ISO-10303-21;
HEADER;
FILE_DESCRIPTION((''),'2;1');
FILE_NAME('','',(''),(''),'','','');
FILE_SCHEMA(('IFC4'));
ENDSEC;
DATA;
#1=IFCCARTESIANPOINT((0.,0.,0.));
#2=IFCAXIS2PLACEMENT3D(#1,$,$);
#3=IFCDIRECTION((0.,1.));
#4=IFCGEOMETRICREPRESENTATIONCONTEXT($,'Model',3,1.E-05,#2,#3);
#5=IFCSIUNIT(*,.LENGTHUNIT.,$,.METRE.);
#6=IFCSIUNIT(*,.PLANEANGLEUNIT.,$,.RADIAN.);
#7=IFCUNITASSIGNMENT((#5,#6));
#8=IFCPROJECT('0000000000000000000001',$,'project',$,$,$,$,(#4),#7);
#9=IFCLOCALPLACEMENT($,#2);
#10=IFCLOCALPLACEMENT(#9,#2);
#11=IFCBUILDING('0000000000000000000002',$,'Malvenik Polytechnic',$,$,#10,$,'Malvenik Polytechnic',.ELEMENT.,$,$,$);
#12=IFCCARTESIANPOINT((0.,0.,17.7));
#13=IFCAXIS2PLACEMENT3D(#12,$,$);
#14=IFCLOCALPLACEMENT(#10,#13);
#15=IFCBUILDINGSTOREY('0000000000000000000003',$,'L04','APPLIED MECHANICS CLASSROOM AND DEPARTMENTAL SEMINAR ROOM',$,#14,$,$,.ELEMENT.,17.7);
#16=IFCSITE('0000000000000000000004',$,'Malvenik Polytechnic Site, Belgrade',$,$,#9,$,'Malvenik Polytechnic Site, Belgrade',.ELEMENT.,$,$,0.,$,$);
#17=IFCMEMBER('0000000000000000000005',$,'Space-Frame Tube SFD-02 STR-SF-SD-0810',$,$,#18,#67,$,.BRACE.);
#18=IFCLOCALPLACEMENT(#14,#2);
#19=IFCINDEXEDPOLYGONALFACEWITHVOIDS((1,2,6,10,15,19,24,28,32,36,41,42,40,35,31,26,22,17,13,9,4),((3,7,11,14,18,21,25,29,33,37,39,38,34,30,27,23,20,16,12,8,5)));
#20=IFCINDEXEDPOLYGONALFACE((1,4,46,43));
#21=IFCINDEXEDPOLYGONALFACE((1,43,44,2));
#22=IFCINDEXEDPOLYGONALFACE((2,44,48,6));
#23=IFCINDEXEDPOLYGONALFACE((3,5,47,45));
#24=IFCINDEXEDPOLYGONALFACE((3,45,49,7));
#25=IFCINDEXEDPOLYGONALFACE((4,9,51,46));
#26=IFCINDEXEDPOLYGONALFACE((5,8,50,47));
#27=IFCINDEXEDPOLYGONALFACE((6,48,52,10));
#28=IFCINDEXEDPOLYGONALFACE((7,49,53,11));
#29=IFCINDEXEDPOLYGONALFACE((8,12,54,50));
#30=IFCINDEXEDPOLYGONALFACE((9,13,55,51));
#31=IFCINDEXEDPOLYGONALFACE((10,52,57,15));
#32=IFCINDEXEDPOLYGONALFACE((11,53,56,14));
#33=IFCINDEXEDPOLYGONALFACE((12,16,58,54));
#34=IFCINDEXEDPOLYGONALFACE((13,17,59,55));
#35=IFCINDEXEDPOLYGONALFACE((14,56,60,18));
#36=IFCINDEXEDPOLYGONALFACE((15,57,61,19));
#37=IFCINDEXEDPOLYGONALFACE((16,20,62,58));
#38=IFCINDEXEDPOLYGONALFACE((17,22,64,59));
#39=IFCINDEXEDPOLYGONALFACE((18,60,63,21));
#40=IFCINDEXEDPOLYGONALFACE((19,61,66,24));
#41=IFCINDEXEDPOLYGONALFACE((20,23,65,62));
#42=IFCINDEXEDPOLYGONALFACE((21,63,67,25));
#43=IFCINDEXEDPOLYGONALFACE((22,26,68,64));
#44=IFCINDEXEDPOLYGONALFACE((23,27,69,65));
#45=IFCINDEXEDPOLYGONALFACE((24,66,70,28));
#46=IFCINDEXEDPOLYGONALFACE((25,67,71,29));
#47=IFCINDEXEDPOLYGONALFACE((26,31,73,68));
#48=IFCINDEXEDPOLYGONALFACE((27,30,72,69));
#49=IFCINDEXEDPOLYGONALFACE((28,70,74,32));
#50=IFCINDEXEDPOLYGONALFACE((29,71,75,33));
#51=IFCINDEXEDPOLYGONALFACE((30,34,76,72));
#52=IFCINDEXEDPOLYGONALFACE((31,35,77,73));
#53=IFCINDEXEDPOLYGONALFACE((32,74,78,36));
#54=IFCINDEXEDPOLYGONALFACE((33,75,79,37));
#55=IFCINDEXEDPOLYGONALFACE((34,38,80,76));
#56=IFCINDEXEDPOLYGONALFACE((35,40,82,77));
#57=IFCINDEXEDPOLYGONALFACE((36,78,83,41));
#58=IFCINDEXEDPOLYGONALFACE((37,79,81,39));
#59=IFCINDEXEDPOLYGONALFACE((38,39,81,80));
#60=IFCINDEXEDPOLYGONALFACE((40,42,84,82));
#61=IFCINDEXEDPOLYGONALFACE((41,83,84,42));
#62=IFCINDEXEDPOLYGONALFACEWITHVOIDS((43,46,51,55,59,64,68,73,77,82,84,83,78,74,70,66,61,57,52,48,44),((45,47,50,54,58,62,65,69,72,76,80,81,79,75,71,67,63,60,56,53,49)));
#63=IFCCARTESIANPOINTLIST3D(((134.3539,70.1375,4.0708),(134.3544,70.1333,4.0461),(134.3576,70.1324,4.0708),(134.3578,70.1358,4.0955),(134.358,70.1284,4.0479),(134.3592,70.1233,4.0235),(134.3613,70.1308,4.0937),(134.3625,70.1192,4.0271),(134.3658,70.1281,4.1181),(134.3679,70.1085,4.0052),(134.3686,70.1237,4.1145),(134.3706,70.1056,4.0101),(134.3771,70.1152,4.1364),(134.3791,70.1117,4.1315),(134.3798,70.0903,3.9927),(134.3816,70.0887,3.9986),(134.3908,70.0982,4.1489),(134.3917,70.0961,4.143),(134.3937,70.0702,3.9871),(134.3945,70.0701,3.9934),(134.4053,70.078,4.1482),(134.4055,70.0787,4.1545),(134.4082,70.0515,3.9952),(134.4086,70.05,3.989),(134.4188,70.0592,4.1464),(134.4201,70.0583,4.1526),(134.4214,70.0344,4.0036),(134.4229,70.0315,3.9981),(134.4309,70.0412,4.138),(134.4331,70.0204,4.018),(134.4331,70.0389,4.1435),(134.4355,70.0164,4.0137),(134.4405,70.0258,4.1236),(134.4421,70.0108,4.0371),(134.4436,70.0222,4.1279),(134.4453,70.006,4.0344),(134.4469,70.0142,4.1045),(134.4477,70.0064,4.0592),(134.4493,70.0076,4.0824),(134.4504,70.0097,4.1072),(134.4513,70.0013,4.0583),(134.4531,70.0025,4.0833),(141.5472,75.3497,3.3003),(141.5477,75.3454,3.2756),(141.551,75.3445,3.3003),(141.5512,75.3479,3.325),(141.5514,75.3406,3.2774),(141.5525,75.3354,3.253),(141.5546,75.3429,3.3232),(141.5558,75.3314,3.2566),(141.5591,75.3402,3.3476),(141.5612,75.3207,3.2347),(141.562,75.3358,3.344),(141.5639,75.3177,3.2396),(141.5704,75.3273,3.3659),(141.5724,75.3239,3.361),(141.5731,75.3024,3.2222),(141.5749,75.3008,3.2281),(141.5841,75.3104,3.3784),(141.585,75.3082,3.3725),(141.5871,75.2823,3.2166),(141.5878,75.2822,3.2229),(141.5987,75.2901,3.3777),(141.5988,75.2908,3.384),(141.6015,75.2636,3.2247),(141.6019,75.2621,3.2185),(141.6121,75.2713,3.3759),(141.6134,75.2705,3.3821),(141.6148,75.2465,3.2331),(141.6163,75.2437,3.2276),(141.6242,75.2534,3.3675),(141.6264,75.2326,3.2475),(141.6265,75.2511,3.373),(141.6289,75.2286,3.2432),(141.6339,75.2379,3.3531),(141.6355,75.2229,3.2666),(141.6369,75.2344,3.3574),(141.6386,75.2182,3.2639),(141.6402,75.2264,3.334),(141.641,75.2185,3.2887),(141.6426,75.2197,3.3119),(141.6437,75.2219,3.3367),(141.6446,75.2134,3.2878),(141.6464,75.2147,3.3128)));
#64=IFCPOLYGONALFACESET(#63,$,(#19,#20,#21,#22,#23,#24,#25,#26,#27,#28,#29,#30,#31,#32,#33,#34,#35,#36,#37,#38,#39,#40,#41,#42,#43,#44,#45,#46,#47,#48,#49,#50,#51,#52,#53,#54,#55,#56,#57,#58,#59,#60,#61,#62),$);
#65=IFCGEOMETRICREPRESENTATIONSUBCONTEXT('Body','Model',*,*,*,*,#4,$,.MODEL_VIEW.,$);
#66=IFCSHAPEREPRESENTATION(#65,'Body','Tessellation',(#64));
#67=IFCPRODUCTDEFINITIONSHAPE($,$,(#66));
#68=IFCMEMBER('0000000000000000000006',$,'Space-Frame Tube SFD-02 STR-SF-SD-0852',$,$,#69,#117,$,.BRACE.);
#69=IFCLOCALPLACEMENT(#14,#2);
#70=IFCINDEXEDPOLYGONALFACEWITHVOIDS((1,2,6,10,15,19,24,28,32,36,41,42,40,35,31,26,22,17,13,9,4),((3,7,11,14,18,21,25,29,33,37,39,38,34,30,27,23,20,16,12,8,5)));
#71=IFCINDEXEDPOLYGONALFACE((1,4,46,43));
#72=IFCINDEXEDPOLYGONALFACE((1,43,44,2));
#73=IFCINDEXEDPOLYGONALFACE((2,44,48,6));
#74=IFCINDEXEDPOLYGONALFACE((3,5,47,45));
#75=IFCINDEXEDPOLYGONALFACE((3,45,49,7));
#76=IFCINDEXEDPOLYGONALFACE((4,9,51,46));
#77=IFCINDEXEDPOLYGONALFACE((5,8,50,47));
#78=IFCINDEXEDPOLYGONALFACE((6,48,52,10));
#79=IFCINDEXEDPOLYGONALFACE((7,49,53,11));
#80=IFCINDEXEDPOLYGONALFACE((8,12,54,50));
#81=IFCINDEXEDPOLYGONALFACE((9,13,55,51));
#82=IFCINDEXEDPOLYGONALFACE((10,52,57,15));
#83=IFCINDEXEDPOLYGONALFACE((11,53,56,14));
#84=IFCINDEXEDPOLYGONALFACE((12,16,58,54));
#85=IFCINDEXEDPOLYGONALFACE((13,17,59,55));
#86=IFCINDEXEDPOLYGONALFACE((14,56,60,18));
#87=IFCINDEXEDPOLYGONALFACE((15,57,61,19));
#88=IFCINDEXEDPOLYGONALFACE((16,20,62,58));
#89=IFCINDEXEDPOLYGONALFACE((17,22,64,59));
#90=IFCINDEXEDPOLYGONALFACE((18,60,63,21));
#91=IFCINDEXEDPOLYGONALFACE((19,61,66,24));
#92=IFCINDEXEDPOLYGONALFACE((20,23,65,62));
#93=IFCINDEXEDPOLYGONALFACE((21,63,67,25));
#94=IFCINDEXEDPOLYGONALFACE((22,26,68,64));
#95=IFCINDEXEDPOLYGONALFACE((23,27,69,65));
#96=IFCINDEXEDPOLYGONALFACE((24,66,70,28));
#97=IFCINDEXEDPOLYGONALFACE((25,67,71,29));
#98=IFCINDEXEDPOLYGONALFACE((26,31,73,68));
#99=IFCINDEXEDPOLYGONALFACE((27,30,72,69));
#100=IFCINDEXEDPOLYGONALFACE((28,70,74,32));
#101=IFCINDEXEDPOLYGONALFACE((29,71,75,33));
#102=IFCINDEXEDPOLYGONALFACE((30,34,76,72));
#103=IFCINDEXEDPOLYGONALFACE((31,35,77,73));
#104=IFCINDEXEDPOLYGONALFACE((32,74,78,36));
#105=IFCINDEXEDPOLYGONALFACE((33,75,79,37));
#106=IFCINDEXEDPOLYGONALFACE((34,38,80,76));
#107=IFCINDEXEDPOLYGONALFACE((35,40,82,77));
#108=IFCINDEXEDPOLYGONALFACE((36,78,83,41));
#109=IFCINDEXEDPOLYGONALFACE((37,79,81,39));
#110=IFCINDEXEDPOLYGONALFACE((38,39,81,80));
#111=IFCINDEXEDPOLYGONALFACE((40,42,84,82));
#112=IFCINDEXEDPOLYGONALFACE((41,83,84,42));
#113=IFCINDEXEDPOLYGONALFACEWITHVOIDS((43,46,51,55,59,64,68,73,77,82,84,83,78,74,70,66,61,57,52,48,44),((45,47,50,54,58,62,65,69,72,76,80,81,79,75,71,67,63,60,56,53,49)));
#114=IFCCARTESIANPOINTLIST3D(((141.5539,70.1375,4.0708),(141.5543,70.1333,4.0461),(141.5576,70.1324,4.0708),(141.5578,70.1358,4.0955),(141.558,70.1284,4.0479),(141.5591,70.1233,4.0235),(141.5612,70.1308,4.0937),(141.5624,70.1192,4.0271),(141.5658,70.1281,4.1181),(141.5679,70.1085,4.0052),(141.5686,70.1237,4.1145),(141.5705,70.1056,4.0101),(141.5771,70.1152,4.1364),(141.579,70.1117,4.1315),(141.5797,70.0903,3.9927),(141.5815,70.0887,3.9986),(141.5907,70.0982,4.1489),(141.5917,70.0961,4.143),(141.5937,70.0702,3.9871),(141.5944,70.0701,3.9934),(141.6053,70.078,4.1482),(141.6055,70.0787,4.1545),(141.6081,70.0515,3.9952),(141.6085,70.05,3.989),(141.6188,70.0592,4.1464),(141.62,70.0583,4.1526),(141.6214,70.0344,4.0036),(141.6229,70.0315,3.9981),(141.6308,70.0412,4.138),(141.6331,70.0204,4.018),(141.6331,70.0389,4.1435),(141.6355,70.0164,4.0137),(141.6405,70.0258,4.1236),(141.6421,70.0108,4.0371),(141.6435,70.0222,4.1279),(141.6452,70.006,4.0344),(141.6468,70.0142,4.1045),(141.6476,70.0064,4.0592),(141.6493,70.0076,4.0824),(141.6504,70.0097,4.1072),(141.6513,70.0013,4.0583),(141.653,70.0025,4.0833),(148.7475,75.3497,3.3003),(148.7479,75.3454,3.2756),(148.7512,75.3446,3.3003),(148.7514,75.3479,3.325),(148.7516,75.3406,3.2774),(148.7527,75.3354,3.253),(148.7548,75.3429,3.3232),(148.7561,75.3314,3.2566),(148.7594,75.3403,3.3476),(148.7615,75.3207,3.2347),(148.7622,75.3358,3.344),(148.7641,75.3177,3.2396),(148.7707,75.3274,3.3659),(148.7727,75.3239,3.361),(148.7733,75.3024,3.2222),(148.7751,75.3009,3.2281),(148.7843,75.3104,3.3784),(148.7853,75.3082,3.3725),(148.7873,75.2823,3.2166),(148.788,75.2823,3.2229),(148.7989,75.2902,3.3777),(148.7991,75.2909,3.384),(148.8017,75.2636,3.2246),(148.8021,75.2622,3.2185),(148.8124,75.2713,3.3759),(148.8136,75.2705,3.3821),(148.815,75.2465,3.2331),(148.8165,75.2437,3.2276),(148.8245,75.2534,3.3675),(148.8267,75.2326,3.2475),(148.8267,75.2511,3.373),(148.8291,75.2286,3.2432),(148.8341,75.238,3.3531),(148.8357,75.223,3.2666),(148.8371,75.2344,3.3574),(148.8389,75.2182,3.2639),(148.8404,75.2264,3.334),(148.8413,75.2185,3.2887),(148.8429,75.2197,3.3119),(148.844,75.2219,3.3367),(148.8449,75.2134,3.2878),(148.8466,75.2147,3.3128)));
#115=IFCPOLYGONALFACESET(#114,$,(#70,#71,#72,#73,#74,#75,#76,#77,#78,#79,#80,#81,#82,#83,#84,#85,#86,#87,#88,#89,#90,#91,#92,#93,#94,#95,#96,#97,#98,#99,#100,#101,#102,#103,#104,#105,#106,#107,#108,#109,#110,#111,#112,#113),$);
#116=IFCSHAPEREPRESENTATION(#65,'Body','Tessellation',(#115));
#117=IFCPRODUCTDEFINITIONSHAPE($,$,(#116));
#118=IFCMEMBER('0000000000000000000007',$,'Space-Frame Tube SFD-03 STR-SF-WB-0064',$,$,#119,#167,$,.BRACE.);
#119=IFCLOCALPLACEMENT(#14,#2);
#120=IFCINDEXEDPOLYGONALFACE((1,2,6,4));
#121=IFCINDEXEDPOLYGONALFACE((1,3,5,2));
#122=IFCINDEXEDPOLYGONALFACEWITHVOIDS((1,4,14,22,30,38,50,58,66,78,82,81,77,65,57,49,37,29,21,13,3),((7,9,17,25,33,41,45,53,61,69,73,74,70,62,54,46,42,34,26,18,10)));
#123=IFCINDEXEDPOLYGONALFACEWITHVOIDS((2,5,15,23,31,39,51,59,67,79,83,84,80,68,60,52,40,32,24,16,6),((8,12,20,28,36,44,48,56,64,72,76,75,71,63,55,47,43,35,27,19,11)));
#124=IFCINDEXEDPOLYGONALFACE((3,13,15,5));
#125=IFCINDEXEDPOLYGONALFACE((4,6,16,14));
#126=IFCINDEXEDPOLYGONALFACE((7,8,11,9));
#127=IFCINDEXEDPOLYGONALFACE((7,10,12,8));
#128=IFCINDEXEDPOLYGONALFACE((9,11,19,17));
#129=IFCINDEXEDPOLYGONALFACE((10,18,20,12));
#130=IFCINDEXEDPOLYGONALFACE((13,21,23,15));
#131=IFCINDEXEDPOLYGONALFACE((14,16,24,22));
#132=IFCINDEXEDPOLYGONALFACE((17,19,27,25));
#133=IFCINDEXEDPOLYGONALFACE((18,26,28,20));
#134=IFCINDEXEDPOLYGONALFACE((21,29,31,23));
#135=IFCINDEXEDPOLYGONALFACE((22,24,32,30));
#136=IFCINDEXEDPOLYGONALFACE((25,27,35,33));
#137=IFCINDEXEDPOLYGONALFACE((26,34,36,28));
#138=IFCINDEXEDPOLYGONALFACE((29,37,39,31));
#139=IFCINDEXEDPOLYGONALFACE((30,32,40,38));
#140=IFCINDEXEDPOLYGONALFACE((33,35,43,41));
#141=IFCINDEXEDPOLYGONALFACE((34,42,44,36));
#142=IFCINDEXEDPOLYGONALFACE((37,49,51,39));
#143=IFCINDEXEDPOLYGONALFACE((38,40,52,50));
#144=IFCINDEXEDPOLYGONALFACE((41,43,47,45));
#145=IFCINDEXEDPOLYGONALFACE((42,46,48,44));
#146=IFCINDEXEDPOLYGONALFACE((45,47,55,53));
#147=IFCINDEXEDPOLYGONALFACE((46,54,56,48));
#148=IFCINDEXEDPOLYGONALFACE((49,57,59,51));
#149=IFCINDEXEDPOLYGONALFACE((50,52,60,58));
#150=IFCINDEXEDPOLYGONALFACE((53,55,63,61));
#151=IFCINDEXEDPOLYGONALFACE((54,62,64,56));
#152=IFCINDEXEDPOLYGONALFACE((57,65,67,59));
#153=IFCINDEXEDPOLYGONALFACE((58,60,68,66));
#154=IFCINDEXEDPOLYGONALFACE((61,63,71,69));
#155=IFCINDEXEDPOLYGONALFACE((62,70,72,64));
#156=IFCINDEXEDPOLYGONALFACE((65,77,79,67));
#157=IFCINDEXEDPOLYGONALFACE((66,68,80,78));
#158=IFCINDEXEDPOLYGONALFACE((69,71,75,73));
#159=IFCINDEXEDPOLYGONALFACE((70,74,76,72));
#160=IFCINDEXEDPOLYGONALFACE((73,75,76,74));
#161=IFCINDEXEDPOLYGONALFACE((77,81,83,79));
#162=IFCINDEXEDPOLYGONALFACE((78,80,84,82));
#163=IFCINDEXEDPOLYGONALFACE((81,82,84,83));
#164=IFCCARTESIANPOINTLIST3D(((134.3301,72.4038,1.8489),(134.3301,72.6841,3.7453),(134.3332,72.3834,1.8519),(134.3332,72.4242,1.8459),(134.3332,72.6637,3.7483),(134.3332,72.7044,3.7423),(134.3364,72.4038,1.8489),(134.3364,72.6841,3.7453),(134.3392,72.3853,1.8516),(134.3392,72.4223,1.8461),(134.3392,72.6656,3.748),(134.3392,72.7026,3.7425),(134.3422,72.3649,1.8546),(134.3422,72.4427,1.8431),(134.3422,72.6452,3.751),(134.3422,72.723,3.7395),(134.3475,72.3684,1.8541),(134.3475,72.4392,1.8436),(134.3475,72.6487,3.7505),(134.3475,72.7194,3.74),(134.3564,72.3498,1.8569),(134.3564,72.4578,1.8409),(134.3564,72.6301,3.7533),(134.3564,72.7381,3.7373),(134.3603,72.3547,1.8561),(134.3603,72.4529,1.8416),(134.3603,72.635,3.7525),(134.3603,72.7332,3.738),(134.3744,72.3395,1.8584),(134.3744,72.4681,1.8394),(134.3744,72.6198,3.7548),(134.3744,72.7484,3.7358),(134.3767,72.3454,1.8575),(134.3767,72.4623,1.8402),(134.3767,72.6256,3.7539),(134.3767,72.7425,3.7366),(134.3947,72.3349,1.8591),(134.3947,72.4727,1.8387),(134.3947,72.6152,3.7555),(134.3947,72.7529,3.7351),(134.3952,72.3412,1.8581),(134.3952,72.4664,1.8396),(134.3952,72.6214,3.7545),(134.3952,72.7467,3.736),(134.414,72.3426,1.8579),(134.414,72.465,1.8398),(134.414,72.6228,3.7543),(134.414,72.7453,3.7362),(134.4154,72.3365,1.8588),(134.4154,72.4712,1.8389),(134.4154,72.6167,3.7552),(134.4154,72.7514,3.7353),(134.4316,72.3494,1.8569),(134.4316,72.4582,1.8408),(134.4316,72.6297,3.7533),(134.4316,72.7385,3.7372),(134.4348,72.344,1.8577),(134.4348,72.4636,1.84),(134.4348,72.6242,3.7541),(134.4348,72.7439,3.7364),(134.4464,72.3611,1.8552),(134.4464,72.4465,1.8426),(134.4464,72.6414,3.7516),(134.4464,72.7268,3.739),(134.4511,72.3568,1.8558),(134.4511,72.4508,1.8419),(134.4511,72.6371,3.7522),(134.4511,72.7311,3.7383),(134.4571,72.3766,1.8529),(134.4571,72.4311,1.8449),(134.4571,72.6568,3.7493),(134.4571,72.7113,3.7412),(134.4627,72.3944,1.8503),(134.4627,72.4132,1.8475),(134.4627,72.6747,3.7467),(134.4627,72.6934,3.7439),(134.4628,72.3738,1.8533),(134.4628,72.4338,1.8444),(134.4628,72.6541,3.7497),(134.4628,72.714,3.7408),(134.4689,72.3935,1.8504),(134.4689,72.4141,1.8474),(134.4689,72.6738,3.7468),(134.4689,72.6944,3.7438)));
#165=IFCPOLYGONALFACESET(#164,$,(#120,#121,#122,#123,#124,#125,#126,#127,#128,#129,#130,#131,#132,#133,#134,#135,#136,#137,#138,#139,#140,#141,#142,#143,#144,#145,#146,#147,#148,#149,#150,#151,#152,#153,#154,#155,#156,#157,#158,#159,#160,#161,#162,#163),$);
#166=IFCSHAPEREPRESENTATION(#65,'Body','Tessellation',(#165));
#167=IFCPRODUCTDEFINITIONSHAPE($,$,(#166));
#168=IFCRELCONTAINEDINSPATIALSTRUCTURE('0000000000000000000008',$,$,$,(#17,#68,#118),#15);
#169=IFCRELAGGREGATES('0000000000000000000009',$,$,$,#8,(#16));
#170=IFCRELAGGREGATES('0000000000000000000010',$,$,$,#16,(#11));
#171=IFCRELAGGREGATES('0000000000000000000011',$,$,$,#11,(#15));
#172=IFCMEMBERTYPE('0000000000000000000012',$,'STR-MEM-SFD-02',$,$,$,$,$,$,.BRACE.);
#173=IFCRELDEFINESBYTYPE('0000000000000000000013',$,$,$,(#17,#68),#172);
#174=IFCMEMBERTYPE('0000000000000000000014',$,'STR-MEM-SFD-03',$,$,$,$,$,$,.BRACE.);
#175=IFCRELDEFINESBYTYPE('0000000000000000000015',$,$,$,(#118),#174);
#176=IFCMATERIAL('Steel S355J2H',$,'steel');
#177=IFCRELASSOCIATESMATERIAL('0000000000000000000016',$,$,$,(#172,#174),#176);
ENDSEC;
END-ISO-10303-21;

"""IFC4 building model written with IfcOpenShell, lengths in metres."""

from ifc_helpers import new_model, si_unit, direction, frame, origin, origin_2d, place, context, subcontext, project, spatial, hollow_circle, extrude, material, material_profile, profile_set, type_object, element, save


model = new_model("IFC4")

# Units and contexts
model_context = context("Model", 3, precision=1e-05, world=origin(), true_north=direction((0.0, 1.0)))
body_context = subcontext(model_context, "Body", "Model", "MODEL_VIEW")
ifc_project = project(units=[si_unit("LENGTHUNIT", "METRE"), si_unit("PLANEANGLEUNIT", "RADIAN")], contexts=[model_context])

# Site, building, storey
site_placement = place(None, origin())
site = spatial("IfcSite", under=ifc_project, at=site_placement, Name="Malvenik Polytechnic Site, Belgrade", LongName="Malvenik Polytechnic Site, Belgrade", CompositionType="ELEMENT", RefElevation=0.0)
building_placement = place(site_placement, origin())
building = spatial("IfcBuilding", under=site, at=building_placement, Name="Malvenik Polytechnic", LongName="Malvenik Polytechnic", CompositionType="ELEMENT")
storey_placement = place(building_placement, frame((0.0, 0.0, 17.7)))
storey = spatial("IfcBuildingStorey", under=building, at=storey_placement, Name="L04", Description="APPLIED MECHANICS CLASSROOM AND DEPARTMENTAL SEMINAR ROOM", CompositionType="ELEMENT", Elevation=17.7)

# Members
ifc_material_1 = material(Name="Steel S355J2H", Category="steel")
ifc_material_profile_1 = material_profile(ifc_material_1, hollow_circle(Radius=0.0842, WallThickness=0.0063, at=origin_2d()), Name="CHS 168.3x6.3")
ifc_profile_set_1 = profile_set([ifc_material_profile_1], Name="Steel S355J2H")
member_type_1 = type_object("IfcMemberType", Name="STR-MEM-SFD-02", PredefinedType="BRACE", material=ifc_profile_set_1)
member_1_placement = place(storey_placement, frame((134.4033, 70.0693, 4.0708), z_axis=(0.806743, 0.584549, -0.086413), x_axis=(-0.586744, 0.809772, 0.0)))
element("IfcMember", 1, at=member_1_placement, inside=storey, type_object=member_type_1, Name="Space-Frame Tube SFD-02 STR-SF-SD-0810", PredefinedType="BRACE", context=body_context, shape_type="SweptSolid", body=[
    extrude(hollow_circle(Radius=0.0842, WallThickness=0.0063, at=origin_2d()), origin(), (0.0, 0.0, 1.0), 8.9165),
])
member_2_placement = place(storey_placement, frame((141.6033, 70.0693, 4.0708), z_axis=(0.806753, 0.584536, -0.086411), x_axis=(-0.586731, 0.809782, 0.0)))
element("IfcMember", 2, at=member_2_placement, inside=storey, type_object=member_type_1, Name="Space-Frame Tube SFD-02 STR-SF-SD-0852", PredefinedType="BRACE", context=body_context, shape_type="SweptSolid", body=[
    extrude(hollow_circle(Radius=0.0842, WallThickness=0.0063, at=origin_2d()), origin(), (0.0, 0.0, 1.0), 8.9167),
])
ifc_material_profile_2 = material_profile(ifc_material_1, hollow_circle(Radius=0.0698, WallThickness=0.0063, at=origin_2d()), Name="CHS 139.7x6.3")
ifc_profile_set_2 = profile_set([ifc_material_profile_2], Name="Steel S355J2H")
member_type_2 = type_object("IfcMemberType", Name="STR-MEM-SFD-03", PredefinedType="BRACE", material=ifc_profile_set_2)
for number, where, z_axis, x_axis, name in (
    (3, (134.3999, 72.4038, 1.8489), (0.0, 0.146198, 0.989255), (-1.0, 0.0, 0.0), "Space-Frame Tube SFD-03 STR-SF-WB-0064"),
):
    element("IfcMember", number, at=place(storey_placement, frame(where, z_axis=z_axis, x_axis=x_axis)), inside=storey, type_object=member_type_2, Name=name, PredefinedType="BRACE", context=body_context, shape_type="SweptSolid", body=[
        extrude(hollow_circle(Radius=0.0698, WallThickness=0.0063, at=origin_2d()), origin(), (0.0, 0.0, 1.0), 1.917),
    ])

save(model, "model.ifc")
